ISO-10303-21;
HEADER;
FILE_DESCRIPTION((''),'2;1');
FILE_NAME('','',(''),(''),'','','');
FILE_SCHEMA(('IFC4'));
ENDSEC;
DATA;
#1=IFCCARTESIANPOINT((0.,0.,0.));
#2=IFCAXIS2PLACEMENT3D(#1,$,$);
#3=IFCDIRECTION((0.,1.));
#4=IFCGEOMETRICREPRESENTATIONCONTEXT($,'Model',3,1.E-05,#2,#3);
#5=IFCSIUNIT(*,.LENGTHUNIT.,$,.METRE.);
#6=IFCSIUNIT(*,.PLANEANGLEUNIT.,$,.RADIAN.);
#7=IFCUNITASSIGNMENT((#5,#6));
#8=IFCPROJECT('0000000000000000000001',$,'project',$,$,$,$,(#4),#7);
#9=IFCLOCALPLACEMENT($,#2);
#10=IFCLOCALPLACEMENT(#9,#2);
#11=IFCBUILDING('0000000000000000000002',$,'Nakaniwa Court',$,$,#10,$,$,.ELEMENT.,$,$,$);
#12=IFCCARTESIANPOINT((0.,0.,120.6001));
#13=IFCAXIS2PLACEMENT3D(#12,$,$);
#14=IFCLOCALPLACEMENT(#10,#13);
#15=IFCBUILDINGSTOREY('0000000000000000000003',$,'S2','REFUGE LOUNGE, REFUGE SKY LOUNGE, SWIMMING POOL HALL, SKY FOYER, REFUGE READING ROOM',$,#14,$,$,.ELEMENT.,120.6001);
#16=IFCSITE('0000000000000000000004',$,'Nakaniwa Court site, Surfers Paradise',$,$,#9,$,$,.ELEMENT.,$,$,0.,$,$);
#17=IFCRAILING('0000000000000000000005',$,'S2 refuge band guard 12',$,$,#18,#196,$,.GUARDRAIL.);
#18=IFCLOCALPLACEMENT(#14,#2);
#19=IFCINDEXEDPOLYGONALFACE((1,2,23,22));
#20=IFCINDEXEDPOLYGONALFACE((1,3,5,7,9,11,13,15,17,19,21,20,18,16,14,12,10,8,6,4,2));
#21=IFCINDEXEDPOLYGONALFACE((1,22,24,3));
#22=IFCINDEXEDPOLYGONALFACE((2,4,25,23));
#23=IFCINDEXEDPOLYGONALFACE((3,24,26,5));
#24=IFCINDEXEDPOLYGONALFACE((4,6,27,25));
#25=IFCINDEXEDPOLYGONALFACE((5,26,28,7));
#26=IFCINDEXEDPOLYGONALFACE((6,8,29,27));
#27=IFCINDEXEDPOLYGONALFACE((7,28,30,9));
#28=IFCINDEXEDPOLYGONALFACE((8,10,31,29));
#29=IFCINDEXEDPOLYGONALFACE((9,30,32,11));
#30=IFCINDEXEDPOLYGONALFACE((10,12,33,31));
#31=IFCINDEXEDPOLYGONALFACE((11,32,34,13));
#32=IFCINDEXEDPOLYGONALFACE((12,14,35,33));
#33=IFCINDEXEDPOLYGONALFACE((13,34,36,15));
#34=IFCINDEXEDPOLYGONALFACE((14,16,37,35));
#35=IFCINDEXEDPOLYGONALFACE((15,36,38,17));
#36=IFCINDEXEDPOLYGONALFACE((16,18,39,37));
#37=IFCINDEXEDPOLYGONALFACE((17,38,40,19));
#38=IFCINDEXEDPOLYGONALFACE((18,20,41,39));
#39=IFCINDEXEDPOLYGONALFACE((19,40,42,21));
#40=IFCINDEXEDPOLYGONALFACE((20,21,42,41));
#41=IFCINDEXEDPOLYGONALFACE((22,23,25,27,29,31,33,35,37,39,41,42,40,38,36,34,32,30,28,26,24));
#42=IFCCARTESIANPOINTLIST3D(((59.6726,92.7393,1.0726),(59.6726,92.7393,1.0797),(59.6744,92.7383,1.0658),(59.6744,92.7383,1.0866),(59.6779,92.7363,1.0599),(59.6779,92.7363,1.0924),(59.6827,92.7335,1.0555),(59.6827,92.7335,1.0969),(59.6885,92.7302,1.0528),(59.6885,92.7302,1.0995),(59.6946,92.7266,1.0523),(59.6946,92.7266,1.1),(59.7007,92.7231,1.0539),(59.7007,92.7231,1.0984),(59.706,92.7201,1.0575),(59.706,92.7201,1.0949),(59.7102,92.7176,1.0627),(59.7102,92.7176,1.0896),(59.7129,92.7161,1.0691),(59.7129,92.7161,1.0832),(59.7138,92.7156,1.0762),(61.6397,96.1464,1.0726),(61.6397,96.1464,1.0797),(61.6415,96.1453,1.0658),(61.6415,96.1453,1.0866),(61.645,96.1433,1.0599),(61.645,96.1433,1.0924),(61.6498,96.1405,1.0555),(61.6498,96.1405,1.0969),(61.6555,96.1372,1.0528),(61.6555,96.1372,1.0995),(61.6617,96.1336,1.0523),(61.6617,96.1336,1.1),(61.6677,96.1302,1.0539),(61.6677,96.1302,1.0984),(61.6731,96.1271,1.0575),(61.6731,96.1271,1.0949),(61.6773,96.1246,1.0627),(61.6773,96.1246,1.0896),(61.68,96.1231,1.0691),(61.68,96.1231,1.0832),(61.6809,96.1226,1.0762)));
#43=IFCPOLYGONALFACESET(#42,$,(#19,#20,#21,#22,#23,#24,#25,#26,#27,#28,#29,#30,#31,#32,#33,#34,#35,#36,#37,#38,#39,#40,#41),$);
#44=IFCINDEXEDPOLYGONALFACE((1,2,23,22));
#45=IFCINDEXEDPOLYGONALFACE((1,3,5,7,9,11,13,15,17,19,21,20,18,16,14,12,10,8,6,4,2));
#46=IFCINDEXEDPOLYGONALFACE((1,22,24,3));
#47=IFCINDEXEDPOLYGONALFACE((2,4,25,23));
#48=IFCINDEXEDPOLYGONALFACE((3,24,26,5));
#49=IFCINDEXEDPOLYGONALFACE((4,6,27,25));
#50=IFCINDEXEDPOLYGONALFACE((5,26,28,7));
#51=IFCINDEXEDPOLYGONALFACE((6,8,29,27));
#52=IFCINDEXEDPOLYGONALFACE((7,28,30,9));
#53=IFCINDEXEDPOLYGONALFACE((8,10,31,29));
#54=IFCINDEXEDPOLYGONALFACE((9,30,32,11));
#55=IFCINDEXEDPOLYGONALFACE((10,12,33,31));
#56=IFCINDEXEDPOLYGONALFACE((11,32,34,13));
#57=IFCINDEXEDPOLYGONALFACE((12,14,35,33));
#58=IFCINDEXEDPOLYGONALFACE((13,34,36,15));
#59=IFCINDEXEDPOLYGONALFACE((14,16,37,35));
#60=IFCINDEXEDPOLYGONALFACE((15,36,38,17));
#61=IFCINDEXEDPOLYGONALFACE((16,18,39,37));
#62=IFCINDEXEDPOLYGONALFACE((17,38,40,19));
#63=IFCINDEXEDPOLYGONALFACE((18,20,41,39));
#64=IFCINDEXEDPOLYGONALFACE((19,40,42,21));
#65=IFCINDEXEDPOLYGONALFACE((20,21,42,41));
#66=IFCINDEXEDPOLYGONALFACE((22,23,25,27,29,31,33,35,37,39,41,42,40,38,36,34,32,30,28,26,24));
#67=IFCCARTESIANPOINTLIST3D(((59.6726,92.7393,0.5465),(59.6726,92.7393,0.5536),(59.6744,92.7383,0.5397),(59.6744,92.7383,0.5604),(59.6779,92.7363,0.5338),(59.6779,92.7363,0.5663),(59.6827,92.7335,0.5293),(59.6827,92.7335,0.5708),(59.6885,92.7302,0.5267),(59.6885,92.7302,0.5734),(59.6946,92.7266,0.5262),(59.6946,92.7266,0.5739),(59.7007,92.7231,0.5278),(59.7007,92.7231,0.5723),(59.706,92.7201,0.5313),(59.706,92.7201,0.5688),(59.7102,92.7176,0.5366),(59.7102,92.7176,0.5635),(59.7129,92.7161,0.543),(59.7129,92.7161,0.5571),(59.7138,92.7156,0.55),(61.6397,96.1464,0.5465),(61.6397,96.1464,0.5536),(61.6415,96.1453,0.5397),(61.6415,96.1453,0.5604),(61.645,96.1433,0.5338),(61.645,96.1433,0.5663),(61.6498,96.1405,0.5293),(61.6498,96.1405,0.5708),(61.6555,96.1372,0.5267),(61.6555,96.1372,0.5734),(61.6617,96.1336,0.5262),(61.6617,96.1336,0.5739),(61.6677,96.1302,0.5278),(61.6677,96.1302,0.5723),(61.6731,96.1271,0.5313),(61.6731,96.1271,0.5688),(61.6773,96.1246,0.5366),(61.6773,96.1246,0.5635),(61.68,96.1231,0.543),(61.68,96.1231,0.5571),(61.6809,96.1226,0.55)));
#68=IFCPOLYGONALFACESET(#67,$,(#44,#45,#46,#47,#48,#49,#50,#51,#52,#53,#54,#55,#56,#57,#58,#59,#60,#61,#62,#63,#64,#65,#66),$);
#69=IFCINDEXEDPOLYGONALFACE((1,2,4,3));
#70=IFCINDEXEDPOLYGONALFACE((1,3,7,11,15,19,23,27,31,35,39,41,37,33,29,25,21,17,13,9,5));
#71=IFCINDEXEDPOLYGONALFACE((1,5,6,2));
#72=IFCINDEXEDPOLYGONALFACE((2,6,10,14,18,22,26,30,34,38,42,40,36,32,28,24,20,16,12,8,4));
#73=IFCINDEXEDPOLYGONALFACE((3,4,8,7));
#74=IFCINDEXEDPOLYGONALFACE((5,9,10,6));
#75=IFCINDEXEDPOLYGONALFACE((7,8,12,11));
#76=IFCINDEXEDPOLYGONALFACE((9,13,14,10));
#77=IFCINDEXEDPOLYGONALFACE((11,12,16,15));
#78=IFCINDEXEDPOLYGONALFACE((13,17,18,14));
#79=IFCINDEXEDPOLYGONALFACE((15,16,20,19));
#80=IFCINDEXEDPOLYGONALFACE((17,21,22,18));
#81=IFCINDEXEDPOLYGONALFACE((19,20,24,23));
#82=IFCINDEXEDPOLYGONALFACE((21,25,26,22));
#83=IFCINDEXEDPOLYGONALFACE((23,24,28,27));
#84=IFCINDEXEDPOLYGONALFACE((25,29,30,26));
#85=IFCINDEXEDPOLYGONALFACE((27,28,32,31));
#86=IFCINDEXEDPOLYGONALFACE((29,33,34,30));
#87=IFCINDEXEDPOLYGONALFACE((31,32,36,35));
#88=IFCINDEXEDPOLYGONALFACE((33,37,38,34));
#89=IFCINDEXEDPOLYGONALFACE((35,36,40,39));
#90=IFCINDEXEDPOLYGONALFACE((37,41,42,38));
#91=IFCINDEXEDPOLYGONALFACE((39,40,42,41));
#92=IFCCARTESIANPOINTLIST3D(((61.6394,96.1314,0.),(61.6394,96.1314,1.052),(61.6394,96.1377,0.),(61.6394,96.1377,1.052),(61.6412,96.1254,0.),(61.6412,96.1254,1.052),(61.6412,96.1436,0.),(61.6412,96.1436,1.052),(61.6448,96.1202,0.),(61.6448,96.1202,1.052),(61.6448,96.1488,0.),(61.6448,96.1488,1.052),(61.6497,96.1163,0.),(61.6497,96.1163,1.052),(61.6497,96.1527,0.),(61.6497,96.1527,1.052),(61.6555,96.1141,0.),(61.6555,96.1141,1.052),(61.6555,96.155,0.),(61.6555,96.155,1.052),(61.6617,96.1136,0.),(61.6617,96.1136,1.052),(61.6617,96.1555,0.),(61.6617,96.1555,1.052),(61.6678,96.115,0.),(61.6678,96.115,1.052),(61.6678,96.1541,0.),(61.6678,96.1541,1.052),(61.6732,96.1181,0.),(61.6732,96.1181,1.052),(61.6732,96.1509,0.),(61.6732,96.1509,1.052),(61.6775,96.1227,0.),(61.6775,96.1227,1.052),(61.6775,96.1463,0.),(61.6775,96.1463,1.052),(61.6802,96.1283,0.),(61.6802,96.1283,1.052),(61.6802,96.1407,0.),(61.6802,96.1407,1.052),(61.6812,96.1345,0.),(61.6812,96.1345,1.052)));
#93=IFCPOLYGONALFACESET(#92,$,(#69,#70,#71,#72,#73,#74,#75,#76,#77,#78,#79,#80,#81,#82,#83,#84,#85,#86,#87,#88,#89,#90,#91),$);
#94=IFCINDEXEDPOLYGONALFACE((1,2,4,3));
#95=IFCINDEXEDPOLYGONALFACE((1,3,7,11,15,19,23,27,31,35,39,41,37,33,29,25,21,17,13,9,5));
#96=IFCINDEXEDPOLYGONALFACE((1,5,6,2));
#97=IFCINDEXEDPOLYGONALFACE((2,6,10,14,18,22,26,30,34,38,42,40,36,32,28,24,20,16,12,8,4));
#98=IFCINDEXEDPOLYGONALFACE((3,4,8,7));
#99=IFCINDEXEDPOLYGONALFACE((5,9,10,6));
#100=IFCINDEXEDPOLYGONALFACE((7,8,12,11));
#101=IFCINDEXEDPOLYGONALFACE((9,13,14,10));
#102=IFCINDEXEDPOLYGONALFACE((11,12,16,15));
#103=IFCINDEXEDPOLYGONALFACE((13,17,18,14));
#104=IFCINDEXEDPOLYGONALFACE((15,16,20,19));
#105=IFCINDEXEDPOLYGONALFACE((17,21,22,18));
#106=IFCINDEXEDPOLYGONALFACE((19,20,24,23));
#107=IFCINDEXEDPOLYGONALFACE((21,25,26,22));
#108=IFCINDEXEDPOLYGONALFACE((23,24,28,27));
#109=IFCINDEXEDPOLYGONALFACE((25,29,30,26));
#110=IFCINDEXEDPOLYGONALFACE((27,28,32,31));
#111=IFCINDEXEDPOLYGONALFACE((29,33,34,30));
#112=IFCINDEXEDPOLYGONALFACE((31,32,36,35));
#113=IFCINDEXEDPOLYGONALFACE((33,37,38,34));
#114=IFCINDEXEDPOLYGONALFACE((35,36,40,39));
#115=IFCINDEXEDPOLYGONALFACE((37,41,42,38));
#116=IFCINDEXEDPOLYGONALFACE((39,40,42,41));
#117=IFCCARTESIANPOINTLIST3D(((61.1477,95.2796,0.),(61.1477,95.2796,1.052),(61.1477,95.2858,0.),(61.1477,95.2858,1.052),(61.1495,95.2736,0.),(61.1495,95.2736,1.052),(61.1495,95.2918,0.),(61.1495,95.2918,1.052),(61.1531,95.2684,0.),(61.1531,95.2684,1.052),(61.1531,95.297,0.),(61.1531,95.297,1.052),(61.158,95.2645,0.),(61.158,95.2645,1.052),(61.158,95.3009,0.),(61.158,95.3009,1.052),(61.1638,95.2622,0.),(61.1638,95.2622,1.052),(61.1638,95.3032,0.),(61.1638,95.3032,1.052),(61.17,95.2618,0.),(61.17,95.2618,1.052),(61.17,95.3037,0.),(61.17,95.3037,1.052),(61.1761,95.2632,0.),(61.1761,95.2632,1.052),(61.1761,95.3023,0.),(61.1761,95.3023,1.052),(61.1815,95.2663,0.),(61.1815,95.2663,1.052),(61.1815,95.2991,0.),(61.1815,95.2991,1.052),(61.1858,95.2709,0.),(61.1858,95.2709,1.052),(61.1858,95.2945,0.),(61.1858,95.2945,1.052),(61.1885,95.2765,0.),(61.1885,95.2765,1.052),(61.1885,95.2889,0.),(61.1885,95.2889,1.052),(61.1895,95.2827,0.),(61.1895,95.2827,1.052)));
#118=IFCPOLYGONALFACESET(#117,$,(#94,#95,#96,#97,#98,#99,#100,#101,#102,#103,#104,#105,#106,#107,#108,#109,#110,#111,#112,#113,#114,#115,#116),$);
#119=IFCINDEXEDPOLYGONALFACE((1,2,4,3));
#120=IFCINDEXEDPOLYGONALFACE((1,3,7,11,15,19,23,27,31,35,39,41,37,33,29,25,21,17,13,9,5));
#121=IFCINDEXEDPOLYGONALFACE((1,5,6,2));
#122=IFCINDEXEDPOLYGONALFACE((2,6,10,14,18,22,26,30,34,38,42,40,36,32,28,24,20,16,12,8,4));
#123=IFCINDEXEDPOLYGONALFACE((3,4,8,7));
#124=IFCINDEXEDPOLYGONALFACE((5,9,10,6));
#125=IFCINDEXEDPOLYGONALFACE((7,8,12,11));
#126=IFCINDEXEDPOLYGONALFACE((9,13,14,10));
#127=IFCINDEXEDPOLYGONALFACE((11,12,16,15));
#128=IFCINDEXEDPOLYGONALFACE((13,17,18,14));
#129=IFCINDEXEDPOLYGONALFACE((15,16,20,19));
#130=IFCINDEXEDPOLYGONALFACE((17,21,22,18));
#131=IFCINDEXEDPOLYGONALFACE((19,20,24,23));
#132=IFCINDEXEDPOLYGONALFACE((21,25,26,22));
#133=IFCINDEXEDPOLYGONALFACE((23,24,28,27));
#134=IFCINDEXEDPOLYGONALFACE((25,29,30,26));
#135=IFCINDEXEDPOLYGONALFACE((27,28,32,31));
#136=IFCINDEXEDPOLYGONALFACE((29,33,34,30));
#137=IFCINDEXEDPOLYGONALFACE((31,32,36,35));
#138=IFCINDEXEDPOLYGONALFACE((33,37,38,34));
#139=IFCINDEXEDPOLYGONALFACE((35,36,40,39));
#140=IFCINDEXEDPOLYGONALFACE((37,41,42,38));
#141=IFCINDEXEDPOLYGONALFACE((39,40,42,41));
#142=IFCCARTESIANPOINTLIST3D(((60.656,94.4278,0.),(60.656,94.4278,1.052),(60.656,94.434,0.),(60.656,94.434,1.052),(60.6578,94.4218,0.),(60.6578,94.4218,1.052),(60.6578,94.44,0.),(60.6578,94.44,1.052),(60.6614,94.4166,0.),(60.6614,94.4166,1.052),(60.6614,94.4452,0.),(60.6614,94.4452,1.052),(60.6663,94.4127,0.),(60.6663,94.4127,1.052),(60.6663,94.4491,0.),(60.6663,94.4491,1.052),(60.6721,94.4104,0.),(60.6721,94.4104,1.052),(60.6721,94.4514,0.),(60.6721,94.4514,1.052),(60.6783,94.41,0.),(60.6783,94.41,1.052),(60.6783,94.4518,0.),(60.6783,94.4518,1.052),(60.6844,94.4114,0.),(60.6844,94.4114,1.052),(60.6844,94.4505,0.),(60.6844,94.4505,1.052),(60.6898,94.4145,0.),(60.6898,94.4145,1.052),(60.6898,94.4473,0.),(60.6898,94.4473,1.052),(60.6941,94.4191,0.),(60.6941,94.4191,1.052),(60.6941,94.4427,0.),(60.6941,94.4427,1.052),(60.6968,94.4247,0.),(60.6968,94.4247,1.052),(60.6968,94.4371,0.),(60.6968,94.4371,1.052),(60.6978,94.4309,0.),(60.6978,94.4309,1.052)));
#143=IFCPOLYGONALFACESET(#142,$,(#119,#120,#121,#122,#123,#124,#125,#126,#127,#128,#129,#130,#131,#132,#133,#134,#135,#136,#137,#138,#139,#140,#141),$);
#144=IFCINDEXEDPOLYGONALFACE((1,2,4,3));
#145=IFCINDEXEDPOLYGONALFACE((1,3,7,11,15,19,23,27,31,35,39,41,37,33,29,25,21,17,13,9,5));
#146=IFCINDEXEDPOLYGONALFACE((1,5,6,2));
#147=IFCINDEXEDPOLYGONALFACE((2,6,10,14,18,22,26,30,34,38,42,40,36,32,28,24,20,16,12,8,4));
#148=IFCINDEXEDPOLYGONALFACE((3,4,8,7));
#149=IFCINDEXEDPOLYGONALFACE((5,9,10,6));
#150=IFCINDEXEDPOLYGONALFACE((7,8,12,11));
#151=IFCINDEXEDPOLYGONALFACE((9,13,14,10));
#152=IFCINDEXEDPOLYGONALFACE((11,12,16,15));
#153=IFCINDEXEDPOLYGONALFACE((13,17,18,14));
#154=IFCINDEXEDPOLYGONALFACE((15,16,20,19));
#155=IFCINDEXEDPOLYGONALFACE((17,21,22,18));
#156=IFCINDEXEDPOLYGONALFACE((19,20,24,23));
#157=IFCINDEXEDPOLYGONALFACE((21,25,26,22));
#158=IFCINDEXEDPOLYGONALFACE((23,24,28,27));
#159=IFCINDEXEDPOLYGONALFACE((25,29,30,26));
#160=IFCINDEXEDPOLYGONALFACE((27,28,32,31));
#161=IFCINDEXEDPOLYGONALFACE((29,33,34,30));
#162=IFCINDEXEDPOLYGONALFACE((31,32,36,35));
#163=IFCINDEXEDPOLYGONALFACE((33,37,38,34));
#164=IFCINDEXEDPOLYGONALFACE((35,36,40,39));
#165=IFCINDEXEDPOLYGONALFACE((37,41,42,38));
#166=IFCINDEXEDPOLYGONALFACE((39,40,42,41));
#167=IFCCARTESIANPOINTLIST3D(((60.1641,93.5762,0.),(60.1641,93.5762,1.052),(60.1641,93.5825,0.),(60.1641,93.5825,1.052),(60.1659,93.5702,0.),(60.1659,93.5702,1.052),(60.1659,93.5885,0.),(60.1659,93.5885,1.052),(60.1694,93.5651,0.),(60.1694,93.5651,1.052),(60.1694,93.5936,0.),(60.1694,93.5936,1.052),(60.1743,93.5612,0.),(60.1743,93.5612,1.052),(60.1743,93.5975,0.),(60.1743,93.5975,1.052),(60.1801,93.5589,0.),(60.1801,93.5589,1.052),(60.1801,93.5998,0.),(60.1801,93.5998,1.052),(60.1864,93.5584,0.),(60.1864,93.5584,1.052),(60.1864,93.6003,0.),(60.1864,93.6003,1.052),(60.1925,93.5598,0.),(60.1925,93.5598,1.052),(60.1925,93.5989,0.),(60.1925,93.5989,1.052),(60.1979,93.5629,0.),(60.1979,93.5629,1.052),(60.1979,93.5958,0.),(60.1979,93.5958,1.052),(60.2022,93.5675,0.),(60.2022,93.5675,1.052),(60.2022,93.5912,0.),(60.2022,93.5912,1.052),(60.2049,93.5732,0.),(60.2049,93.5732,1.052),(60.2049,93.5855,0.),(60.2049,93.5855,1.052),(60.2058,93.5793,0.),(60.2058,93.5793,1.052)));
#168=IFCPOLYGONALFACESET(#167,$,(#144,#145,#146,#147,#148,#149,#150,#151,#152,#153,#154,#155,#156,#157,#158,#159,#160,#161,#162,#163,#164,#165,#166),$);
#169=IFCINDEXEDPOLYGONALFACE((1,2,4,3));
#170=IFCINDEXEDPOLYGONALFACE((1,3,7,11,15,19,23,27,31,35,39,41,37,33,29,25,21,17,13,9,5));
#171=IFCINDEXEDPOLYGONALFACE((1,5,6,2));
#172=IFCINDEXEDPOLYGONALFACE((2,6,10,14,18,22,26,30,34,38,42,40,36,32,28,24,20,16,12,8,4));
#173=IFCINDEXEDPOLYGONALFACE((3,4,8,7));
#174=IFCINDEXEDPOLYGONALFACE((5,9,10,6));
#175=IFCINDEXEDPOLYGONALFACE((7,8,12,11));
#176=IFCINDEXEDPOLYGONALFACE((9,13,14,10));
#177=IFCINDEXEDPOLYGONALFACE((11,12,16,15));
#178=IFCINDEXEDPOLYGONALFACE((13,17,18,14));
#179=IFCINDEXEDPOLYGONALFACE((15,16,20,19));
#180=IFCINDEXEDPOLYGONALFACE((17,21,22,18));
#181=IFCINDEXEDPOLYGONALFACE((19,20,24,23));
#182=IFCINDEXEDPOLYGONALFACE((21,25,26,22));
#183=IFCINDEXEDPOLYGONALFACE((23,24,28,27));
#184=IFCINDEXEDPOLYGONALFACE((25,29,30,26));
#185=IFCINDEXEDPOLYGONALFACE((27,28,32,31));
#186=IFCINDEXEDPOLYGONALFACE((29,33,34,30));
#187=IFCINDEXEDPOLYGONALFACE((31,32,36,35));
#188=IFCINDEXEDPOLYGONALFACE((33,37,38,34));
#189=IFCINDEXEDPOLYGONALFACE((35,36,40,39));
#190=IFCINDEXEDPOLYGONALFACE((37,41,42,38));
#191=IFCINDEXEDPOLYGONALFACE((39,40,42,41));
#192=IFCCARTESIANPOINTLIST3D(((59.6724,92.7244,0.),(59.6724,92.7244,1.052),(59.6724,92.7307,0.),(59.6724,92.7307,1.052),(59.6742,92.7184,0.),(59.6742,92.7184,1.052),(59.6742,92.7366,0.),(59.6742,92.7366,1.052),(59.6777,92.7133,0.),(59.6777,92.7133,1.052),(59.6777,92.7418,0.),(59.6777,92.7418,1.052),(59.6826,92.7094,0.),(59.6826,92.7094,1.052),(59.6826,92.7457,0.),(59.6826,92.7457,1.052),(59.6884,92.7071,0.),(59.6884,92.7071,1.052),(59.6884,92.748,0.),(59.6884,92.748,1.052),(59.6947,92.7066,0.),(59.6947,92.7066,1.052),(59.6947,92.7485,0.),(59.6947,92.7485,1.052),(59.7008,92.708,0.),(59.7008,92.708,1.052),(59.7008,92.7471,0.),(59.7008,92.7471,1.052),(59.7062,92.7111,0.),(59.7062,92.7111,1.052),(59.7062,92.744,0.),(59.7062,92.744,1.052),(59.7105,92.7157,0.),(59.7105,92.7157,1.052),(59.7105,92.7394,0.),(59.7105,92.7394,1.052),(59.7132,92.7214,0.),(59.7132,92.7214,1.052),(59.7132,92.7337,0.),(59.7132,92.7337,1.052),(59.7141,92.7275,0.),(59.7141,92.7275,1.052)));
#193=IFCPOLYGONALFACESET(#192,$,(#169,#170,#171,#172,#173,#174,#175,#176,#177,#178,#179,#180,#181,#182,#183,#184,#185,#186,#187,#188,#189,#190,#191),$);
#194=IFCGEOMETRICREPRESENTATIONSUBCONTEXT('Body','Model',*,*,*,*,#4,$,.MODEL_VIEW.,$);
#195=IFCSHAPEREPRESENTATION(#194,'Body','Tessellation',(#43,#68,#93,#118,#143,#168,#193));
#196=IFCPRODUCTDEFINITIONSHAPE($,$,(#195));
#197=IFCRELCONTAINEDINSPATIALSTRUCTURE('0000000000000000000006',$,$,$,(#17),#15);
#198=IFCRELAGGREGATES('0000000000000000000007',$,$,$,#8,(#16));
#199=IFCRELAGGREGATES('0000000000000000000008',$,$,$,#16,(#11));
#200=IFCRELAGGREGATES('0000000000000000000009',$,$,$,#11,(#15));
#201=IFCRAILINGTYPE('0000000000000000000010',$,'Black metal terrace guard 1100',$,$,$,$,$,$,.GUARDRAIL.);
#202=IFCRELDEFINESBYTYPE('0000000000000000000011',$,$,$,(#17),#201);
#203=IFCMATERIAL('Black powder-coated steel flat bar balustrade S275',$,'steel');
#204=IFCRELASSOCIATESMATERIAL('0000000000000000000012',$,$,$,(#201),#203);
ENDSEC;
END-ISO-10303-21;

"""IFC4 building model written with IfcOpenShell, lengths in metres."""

from ifc_helpers import new_model, si_unit, direction, frame, origin, origin_2d, place, context, subcontext, project, spatial, circle, extrude, material, type_object, element, save


model = new_model("IFC4")

# Units and contexts
model_context = context("Model", 3, precision=1e-05, world=origin(), true_north=direction((0.0, 1.0)))
body_context = subcontext(model_context, "Body", "Model", "MODEL_VIEW")
ifc_project = project(units=[si_unit("LENGTHUNIT", "METRE"), si_unit("PLANEANGLEUNIT", "RADIAN")], contexts=[model_context])

# Site, building, storey
site_placement = place(None, origin())
site = spatial("IfcSite", under=ifc_project, at=site_placement, Name="Nakaniwa Court site, Surfers Paradise", CompositionType="ELEMENT", RefElevation=0.0)
building_placement = place(site_placement, origin())
building = spatial("IfcBuilding", under=site, at=building_placement, Name="Nakaniwa Court", CompositionType="ELEMENT")
storey_placement = place(building_placement, frame((0.0, 0.0, 120.6001)))
storey = spatial("IfcBuildingStorey", under=building, at=storey_placement, Name="S2", Description="REFUGE LOUNGE, REFUGE SKY LOUNGE, SWIMMING POOL HALL, SKY FOYER, REFUGE READING ROOM", CompositionType="ELEMENT", Elevation=120.6001)

# Railing
ifc_material_1 = material(Name="Black powder-coated steel flat bar balustrade S275", Category="steel")
railing_type = type_object("IfcRailingType", Name="Black metal terrace guard 1100", PredefinedType="GUARDRAIL", material=ifc_material_1)
railing_1_placement = place(storey_placement, frame((61.6602, 96.1345, 0.0)))
element("IfcRailing", 1, at=railing_1_placement, inside=storey, type_object=railing_type, Name="S2 refuge band guard 12", PredefinedType="GUARDRAIL", context=body_context, shape_type="SweptSolid", body=[
    extrude(circle(Radius=0.0239, at=origin_2d()), frame((0.0, 0.0, 1.0762), z_axis=(-0.500004, -0.866023, 0.0), x_axis=(0.866023, -0.500004, 0.0)), (0.0, 0.0, 1.0), 3.9341),
    extrude(circle(Radius=0.0239, at=origin_2d()), frame((0.0, 0.0, 0.55), z_axis=(-0.500004, -0.866023, 0.0), x_axis=(0.866023, -0.500004, 0.0)), (0.0, 0.0, 1.0), 3.9341),
    extrude(circle(Radius=0.021, at=origin_2d()), origin(), (0.0, 0.0, 1.0), 1.052),
    extrude(circle(Radius=0.021, at=origin_2d()), frame((-0.4917, -0.8518, 0.0)), (0.0, 0.0, 1.0), 1.052),
    extrude(circle(Radius=0.021, at=origin_2d()), frame((-0.9834, -1.7036, 0.0)), (0.0, 0.0, 1.0), 1.052),
    extrude(circle(Radius=0.021, at=origin_2d()), frame((-1.4753, -2.5552, 0.0)), (0.0, 0.0, 1.0), 1.052),
    extrude(circle(Radius=0.021, at=origin_2d()), frame((-1.967, -3.407, 0.0)), (0.0, 0.0, 1.0), 1.052),
])

save(model, "model.ifc")
